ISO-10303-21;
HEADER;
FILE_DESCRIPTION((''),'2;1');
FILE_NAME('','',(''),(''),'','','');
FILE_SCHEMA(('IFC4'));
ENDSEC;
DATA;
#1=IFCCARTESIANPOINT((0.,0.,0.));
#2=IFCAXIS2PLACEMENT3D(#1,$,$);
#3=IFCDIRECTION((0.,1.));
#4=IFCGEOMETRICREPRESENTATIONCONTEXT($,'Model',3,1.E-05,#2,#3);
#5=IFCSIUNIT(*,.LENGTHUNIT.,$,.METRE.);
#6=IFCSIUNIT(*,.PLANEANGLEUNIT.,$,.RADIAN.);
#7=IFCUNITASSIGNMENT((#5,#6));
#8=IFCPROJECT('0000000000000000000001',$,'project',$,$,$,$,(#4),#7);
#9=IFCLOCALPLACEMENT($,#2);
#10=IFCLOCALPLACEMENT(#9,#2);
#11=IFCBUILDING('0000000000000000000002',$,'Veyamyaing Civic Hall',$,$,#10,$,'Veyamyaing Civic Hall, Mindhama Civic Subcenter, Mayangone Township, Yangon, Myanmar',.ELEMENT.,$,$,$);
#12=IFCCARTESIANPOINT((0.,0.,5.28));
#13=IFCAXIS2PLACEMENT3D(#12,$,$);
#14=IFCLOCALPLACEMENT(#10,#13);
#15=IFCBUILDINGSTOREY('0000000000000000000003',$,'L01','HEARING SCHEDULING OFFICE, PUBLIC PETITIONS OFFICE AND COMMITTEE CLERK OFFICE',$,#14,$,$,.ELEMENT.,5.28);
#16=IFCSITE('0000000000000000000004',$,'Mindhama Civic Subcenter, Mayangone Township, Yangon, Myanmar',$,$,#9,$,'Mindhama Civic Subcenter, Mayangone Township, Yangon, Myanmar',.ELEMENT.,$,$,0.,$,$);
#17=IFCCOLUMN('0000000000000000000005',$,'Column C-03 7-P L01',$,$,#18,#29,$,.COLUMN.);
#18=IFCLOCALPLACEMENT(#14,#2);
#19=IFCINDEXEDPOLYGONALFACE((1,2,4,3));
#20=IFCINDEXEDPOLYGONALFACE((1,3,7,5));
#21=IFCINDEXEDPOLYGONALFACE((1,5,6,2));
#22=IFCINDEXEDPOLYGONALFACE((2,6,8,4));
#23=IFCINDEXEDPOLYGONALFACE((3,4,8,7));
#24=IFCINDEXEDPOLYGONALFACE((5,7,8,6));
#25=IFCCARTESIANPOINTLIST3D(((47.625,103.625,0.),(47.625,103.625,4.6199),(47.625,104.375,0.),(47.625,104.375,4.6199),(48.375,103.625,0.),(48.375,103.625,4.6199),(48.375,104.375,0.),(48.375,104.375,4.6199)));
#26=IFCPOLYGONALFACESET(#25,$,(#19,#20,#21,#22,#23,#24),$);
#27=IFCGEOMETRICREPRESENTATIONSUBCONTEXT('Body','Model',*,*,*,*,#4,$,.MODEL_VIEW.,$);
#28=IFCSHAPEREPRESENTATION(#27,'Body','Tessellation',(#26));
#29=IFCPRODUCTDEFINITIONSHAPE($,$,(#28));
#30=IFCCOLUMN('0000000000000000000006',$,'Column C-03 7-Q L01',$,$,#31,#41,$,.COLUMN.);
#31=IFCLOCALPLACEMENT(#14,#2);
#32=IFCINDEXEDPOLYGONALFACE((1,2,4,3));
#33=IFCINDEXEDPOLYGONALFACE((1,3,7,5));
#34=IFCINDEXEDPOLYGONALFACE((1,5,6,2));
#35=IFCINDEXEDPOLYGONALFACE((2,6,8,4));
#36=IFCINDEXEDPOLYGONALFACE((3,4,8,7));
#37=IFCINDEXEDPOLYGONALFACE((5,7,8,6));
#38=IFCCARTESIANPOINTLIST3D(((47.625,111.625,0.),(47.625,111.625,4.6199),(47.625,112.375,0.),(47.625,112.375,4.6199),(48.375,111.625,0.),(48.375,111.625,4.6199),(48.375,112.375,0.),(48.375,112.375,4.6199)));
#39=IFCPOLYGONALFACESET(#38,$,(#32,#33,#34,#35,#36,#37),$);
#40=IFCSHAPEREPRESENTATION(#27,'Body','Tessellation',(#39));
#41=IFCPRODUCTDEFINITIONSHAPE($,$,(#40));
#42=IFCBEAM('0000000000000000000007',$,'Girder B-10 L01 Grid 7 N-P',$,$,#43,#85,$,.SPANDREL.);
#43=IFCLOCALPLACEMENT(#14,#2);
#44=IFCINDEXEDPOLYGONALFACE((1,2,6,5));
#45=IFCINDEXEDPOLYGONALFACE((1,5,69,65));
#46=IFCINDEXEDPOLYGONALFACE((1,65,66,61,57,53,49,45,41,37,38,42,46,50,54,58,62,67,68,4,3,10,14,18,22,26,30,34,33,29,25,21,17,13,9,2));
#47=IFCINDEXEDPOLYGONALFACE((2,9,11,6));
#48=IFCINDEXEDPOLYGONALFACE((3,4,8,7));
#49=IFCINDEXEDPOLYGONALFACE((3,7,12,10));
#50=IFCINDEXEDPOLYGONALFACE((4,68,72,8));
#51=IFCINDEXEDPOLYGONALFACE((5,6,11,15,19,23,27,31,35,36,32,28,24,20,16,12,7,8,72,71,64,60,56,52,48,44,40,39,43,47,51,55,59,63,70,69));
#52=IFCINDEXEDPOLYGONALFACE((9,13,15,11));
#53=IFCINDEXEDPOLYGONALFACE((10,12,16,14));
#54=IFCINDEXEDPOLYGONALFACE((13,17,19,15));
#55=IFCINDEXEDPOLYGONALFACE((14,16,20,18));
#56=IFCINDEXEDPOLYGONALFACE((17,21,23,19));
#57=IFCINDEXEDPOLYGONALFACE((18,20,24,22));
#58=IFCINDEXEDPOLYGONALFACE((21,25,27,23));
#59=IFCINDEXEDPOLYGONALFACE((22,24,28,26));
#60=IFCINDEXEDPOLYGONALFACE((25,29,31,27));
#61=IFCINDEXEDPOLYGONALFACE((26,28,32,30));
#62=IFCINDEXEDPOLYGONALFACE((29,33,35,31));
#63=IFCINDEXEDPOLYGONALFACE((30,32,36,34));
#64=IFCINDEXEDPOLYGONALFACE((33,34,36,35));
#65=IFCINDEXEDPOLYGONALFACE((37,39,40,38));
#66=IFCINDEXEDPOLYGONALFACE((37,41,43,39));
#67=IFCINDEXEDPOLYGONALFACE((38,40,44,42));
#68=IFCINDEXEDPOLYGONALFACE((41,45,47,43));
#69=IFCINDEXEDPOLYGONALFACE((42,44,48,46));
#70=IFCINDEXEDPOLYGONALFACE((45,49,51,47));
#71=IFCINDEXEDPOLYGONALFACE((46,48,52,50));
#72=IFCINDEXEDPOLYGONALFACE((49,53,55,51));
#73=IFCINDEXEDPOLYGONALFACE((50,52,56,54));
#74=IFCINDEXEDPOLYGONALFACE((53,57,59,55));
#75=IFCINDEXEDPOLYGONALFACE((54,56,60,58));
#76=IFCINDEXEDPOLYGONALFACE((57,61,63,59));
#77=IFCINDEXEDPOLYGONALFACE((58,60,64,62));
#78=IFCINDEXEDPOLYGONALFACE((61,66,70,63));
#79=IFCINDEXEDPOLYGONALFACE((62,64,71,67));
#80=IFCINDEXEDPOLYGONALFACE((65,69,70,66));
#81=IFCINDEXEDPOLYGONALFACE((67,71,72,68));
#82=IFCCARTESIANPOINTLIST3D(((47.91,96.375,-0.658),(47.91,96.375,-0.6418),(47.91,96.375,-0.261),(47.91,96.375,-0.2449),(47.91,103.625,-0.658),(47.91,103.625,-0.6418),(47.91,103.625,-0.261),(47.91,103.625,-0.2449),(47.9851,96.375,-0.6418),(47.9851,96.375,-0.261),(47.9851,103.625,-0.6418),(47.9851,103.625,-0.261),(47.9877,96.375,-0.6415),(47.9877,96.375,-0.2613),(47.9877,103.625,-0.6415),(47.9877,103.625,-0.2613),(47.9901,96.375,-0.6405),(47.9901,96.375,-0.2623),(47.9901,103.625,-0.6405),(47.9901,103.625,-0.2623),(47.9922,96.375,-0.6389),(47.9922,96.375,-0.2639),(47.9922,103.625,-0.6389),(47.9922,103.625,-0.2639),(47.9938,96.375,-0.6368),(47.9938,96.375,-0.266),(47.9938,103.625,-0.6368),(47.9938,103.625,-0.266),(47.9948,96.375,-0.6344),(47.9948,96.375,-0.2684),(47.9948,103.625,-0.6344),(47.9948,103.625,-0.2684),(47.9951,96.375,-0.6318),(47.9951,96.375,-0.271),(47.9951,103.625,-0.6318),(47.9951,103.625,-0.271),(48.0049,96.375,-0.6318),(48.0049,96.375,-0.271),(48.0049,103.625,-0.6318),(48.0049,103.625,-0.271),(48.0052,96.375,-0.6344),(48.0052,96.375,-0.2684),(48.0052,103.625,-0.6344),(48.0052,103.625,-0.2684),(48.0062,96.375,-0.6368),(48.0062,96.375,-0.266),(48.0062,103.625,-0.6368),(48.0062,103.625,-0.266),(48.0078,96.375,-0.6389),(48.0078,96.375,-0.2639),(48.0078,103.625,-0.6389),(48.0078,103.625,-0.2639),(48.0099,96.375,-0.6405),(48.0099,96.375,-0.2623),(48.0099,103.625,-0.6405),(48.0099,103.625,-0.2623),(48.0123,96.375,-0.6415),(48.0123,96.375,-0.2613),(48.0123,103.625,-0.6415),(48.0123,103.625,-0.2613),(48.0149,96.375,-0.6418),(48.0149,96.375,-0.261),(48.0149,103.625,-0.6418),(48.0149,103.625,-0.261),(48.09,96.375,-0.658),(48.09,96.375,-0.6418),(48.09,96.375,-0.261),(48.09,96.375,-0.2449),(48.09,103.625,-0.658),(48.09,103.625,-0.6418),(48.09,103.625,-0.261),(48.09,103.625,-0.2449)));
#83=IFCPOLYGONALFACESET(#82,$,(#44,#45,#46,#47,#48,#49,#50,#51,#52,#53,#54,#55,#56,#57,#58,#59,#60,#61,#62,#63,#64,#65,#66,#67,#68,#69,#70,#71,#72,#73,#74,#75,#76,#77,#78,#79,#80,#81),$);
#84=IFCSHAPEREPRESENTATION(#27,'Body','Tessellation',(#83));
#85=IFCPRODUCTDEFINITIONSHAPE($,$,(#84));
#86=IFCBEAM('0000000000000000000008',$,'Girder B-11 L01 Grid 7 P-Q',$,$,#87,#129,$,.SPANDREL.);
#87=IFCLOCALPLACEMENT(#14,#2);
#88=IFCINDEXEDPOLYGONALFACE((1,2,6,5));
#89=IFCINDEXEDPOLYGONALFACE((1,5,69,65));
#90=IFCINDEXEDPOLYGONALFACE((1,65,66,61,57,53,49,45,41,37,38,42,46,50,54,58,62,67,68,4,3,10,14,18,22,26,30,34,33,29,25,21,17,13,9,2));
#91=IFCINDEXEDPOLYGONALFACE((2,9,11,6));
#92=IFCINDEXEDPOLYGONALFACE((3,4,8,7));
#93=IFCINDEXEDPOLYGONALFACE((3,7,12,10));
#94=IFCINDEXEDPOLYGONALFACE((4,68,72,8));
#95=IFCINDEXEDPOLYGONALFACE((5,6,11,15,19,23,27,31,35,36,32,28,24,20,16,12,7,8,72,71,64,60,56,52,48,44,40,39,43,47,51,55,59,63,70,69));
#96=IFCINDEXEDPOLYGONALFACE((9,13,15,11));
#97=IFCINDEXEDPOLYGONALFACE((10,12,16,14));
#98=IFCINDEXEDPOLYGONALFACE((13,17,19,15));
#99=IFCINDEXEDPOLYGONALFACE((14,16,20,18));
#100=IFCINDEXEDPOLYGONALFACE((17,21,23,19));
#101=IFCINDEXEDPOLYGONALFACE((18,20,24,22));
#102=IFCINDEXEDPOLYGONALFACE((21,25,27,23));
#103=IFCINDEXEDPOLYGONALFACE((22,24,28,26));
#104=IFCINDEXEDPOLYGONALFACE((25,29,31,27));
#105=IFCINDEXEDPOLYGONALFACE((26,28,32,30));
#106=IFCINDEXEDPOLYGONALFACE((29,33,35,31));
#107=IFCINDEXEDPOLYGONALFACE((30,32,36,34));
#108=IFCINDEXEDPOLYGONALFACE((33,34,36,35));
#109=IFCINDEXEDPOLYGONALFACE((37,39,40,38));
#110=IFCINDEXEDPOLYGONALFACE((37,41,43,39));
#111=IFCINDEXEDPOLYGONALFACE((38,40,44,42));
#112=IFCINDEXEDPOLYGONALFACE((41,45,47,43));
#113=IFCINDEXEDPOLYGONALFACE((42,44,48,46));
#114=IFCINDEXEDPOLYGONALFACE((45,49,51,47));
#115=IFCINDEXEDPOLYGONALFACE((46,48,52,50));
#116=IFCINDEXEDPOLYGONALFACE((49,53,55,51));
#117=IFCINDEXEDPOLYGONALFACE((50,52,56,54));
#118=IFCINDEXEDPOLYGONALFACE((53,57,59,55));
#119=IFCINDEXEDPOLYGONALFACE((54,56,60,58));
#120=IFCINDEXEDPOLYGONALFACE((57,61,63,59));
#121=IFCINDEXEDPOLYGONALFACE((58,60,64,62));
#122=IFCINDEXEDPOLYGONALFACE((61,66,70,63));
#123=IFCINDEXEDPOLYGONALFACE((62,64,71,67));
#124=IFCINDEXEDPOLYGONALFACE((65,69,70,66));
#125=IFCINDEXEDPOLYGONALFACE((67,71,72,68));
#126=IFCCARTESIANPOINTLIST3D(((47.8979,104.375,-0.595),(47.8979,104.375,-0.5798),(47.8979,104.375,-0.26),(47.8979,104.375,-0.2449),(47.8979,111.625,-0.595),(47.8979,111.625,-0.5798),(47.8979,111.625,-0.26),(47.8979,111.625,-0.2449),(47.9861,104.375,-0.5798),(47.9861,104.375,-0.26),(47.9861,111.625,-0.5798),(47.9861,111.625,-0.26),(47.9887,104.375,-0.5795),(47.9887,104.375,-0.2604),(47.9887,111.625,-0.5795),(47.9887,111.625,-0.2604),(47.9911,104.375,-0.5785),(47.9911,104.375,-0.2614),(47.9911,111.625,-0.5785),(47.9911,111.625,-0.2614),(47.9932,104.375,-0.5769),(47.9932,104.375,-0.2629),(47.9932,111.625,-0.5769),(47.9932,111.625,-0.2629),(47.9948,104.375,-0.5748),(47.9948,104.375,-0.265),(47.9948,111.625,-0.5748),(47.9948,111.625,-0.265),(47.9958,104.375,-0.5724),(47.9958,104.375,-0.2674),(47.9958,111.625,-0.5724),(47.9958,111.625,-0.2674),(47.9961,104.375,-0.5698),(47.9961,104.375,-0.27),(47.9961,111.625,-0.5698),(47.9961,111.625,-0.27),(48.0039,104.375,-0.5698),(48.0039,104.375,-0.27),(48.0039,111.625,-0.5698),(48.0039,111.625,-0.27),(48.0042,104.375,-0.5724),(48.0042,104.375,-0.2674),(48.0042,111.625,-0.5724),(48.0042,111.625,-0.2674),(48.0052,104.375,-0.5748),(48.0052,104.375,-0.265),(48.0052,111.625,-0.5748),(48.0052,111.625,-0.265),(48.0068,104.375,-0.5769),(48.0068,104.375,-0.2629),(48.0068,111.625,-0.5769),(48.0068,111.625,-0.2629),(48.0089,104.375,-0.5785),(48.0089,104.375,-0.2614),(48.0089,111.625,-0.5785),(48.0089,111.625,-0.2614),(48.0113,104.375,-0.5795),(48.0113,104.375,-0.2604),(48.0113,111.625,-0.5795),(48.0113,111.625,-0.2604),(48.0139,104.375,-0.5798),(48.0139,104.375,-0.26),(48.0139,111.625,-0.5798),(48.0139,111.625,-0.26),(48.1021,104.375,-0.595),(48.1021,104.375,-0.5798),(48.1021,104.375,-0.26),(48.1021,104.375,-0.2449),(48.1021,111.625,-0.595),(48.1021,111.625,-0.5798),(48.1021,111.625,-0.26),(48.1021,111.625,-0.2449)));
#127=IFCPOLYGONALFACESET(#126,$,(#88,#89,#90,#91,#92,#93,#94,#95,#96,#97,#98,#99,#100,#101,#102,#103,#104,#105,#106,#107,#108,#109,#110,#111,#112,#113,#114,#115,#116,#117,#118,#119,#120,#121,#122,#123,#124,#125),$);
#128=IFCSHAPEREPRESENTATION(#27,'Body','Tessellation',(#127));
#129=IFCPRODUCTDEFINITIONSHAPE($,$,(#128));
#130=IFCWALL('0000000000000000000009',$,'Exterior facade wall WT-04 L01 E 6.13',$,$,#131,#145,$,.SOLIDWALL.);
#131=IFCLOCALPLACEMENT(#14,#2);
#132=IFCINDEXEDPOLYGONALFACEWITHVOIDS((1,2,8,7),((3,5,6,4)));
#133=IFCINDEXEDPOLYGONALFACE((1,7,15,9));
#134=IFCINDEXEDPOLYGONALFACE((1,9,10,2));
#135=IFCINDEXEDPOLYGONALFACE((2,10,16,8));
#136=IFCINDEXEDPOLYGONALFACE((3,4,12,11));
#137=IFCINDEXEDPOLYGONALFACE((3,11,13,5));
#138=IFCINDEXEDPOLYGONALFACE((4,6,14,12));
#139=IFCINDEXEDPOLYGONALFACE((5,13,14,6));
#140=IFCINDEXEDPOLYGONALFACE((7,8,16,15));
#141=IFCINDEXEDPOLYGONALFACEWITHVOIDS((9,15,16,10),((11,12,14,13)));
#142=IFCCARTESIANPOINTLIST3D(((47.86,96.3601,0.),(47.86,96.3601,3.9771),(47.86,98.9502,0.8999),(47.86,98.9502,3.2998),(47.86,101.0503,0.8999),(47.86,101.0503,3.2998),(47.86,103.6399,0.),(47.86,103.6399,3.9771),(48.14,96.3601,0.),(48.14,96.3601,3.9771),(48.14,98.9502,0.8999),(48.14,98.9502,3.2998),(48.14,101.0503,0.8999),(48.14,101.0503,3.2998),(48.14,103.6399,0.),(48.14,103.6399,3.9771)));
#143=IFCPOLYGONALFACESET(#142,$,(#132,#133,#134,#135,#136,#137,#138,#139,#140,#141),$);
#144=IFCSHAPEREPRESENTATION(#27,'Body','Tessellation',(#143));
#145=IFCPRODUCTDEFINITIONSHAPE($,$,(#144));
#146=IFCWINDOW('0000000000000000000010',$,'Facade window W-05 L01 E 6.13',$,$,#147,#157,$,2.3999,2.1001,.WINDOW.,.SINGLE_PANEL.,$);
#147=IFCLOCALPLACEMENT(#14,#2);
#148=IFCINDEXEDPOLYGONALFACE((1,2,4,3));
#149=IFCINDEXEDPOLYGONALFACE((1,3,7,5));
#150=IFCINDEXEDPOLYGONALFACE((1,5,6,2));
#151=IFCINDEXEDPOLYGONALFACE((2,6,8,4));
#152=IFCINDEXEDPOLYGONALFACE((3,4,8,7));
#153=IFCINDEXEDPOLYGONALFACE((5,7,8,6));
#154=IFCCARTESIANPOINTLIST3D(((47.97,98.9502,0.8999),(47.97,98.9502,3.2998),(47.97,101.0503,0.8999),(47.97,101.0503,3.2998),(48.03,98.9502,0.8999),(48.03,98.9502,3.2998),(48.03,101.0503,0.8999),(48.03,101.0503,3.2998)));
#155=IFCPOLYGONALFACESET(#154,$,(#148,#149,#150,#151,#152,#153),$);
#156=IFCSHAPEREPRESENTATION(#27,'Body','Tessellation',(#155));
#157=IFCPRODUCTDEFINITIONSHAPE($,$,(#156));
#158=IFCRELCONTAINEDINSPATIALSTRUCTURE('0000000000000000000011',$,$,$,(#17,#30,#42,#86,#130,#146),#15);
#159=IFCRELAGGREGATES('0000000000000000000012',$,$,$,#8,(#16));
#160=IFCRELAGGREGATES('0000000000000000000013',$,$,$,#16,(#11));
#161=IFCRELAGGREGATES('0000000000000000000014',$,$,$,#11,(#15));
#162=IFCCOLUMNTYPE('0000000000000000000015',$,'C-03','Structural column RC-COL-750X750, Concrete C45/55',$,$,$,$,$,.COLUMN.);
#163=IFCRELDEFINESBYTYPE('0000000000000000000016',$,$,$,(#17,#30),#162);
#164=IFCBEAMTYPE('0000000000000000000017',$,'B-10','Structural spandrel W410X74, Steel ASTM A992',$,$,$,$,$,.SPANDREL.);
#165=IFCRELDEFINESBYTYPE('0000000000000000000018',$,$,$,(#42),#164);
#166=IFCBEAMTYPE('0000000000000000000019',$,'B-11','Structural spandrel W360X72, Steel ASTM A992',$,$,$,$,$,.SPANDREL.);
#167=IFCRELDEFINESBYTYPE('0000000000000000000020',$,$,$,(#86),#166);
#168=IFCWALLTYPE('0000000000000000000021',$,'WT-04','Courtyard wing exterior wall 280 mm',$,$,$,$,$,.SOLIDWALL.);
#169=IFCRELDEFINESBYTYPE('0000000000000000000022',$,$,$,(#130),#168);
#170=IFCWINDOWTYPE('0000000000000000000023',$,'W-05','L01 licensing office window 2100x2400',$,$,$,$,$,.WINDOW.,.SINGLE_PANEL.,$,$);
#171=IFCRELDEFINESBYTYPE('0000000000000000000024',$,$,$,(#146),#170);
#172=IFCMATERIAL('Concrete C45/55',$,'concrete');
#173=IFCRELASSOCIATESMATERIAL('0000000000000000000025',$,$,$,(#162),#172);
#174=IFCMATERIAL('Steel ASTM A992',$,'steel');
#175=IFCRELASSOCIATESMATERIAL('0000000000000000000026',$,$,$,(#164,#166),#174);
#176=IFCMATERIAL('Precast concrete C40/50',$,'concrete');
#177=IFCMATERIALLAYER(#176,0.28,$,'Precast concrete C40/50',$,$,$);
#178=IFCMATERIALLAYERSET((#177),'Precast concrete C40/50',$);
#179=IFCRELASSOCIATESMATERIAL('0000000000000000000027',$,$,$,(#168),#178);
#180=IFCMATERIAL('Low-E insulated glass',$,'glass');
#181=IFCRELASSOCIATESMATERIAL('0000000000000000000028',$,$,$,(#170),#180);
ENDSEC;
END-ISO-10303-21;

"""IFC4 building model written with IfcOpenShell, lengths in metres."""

from ifc_helpers import new_model, si_unit, direction, frame, frame_2d, origin, origin_2d, place, context, subcontext, project, spatial, rectangle, i_section, extrude, material, layer, layer_set, material_profile, profile_set, type_object, element, fill, save


model = new_model("IFC4")

# Units and contexts
model_context = context("Model", 3, precision=1e-05, world=origin(), true_north=direction((0.0, 1.0)))
body_context = subcontext(model_context, "Body", "Model", "MODEL_VIEW")
ifc_project = project(units=[si_unit("LENGTHUNIT", "METRE"), si_unit("PLANEANGLEUNIT", "RADIAN")], contexts=[model_context])

# Site, building, storey
site_placement = place(None, origin())
site = spatial("IfcSite", under=ifc_project, at=site_placement, Name="Mindhama Civic Subcenter, Mayangone Township, Yangon, Myanmar", LongName="Mindhama Civic Subcenter, Mayangone Township, Yangon, Myanmar", CompositionType="ELEMENT", RefElevation=0.0)
building_placement = place(site_placement, origin())
building = spatial("IfcBuilding", under=site, at=building_placement, Name="Veyamyaing Civic Hall", LongName="Veyamyaing Civic Hall, Mindhama Civic Subcenter, Mayangone Township, Yangon, Myanmar", CompositionType="ELEMENT")
storey_placement = place(building_placement, frame((0.0, 0.0, 5.28)))
storey = spatial("IfcBuildingStorey", under=building, at=storey_placement, Name="L01", Description="HEARING SCHEDULING OFFICE, PUBLIC PETITIONS OFFICE AND COMMITTEE CLERK OFFICE", CompositionType="ELEMENT", Elevation=5.28)

# Columns
ifc_material_1 = material(Name="Concrete C45/55", Category="concrete")
ifc_material_profile_1 = material_profile(ifc_material_1, rectangle(XDim=0.75, YDim=0.75, at=origin_2d()), Name="RC-COL-750X750")
ifc_profile_set_1 = profile_set([ifc_material_profile_1], Name="Concrete C45/55")
column_type = type_object("IfcColumnType", Name="C-03", Description="Structural column RC-COL-750X750, Concrete C45/55", PredefinedType="COLUMN", material=ifc_profile_set_1)
for number, where, z_axis, x_axis, name in (
    (1, (48.0, 104.0, 0.0), (0.0, 0.0, 1.0), (1.0, 0.0, 0.0), "Column C-03 7-P L01"),
    (2, (48.0, 112.0, 0.0), (0.0, 0.0, 1.0), (1.0, 0.0, 0.0), "Column C-03 7-Q L01"),
):
    element("IfcColumn", number, at=place(storey_placement, frame(where, z_axis=z_axis, x_axis=x_axis)), inside=storey, type_object=column_type, Name=name, PredefinedType="COLUMN", context=body_context, shape_type="SweptSolid", body=[
        extrude(rectangle(XDim=0.75, YDim=0.75, at=origin_2d()), origin(), (0.0, 0.0, 1.0), 4.6199),
    ])

# Beams
ifc_material_2 = material(Name="Steel ASTM A992", Category="steel")
ifc_material_profile_2 = material_profile(ifc_material_2, i_section(OverallWidth=0.1799, OverallDepth=0.4131, WebThickness=0.0098, FlangeThickness=0.0161, FilletRadius=0.01, at=origin_2d()), Name="W410X74")
ifc_profile_set_2 = profile_set([ifc_material_profile_2], Name="Steel ASTM A992")
beam_type_1 = type_object("IfcBeamType", Name="B-10", Description="Structural spandrel W410X74, Steel ASTM A992", PredefinedType="SPANDREL", material=ifc_profile_set_2)
beam_1_placement = place(storey_placement, frame((48.0, 96.375, -0.4514), z_axis=(0.0, 1.0, 0.0), x_axis=(-1.0, 0.0, 0.0)))
element("IfcBeam", 3, at=beam_1_placement, inside=storey, type_object=beam_type_1, Name="Girder B-10 L01 Grid 7 N-P", PredefinedType="SPANDREL", context=body_context, shape_type="SweptSolid", body=[
    extrude(i_section(OverallWidth=0.1799, OverallDepth=0.4131, WebThickness=0.0098, FlangeThickness=0.0161, FilletRadius=0.01, at=origin_2d()), origin(), (0.0, 0.0, 1.0), 7.25),
])
ifc_material_profile_3 = material_profile(ifc_material_2, i_section(OverallWidth=0.2041, OverallDepth=0.3501, WebThickness=0.0078, FlangeThickness=0.0151, FilletRadius=0.01, at=origin_2d()), Name="W360X72")
ifc_profile_set_3 = profile_set([ifc_material_profile_3], Name="Steel ASTM A992")
beam_type_2 = type_object("IfcBeamType", Name="B-11", Description="Structural spandrel W360X72, Steel ASTM A992", PredefinedType="SPANDREL", material=ifc_profile_set_3)
beam_2_placement = place(storey_placement, frame((48.0, 104.375, -0.4199), z_axis=(0.0, 1.0, 0.0), x_axis=(-1.0, 0.0, 0.0)))
element("IfcBeam", 4, at=beam_2_placement, inside=storey, type_object=beam_type_2, Name="Girder B-11 L01 Grid 7 P-Q", PredefinedType="SPANDREL", context=body_context, shape_type="SweptSolid", body=[
    extrude(i_section(OverallWidth=0.2041, OverallDepth=0.3501, WebThickness=0.0078, FlangeThickness=0.0151, FilletRadius=0.01, at=origin_2d()), origin(), (0.0, 0.0, 1.0), 7.25),
])

# Wall, opening, window
ifc_material_3 = material(Name="Precast concrete C40/50", Category="concrete")
ifc_layer_1 = layer(ifc_material_3, 0.28, Name="Precast concrete C40/50")
ifc_layer_set_1 = layer_set([ifc_layer_1], Name="Precast concrete C40/50")
wall_type = type_object("IfcWallType", Name="WT-04", Description="Courtyard wing exterior wall 280 mm", PredefinedType="SOLIDWALL", material=ifc_layer_set_1)
wall_1_placement = place(storey_placement, frame((48.0, 96.3601, 0.0), z_axis=(0.0, 0.0, 1.0), x_axis=(0.0, 1.0, 0.0)))
wall_1 = element("IfcWall", 5, at=wall_1_placement, inside=storey, type_object=wall_type, Name="Exterior facade wall WT-04 L01 E 6.13", PredefinedType="SOLIDWALL", context=body_context, shape_type="SweptSolid", body=[
    extrude(rectangle(XDim=7.2798, YDim=0.28, at=frame_2d((3.6399, 0.0))), origin(), (0.0, 0.0, 1.0), 3.9771),
])
opening_1_placement = place(wall_1_placement, frame((2.5901, 0.0, 0.8999)))
opening_1 = element("IfcOpeningElement", 6, at=opening_1_placement, cuts=wall_1, PredefinedType="OPENING", context=body_context, shape_type="SweptSolid", body=[
    extrude(rectangle(XDim=2.1001, YDim=2.3999, at=frame_2d((1.05, 1.2))), frame((0.0, 0.1499, 0.0), z_axis=(0.0, -1.0, 0.0), x_axis=(1.0, 0.0, 0.0)), (0.0, 0.0, 1.0), 0.3),
])
ifc_material_4 = material(Name="Low-E insulated glass", Category="glass")
window_type_1 = type_object("IfcWindowType", Name="W-05", Description="L01 licensing office window 2100x2400", PartitioningType="SINGLE_PANEL", PredefinedType="WINDOW", material=ifc_material_4)
window_1_placement = place(opening_1_placement, origin())
window_1 = element("IfcWindow", 7, at=window_1_placement, inside=storey, type_object=window_type_1, Name="Facade window W-05 L01 E 6.13", OverallHeight=2.3999, OverallWidth=2.1001, PartitioningType="SINGLE_PANEL", PredefinedType="WINDOW", context=body_context, shape_type="SweptSolid", body=[
    extrude(rectangle(XDim=2.1001, YDim=2.3999, at=frame_2d((1.05, 1.2))), frame((0.0, 0.03, 0.0), z_axis=(0.0, -1.0, 0.0), x_axis=(1.0, 0.0, 0.0)), (0.0, 0.0, 1.0), 0.0601),
])
fill(opening_1, window_1)

save(model, "model.ifc")
